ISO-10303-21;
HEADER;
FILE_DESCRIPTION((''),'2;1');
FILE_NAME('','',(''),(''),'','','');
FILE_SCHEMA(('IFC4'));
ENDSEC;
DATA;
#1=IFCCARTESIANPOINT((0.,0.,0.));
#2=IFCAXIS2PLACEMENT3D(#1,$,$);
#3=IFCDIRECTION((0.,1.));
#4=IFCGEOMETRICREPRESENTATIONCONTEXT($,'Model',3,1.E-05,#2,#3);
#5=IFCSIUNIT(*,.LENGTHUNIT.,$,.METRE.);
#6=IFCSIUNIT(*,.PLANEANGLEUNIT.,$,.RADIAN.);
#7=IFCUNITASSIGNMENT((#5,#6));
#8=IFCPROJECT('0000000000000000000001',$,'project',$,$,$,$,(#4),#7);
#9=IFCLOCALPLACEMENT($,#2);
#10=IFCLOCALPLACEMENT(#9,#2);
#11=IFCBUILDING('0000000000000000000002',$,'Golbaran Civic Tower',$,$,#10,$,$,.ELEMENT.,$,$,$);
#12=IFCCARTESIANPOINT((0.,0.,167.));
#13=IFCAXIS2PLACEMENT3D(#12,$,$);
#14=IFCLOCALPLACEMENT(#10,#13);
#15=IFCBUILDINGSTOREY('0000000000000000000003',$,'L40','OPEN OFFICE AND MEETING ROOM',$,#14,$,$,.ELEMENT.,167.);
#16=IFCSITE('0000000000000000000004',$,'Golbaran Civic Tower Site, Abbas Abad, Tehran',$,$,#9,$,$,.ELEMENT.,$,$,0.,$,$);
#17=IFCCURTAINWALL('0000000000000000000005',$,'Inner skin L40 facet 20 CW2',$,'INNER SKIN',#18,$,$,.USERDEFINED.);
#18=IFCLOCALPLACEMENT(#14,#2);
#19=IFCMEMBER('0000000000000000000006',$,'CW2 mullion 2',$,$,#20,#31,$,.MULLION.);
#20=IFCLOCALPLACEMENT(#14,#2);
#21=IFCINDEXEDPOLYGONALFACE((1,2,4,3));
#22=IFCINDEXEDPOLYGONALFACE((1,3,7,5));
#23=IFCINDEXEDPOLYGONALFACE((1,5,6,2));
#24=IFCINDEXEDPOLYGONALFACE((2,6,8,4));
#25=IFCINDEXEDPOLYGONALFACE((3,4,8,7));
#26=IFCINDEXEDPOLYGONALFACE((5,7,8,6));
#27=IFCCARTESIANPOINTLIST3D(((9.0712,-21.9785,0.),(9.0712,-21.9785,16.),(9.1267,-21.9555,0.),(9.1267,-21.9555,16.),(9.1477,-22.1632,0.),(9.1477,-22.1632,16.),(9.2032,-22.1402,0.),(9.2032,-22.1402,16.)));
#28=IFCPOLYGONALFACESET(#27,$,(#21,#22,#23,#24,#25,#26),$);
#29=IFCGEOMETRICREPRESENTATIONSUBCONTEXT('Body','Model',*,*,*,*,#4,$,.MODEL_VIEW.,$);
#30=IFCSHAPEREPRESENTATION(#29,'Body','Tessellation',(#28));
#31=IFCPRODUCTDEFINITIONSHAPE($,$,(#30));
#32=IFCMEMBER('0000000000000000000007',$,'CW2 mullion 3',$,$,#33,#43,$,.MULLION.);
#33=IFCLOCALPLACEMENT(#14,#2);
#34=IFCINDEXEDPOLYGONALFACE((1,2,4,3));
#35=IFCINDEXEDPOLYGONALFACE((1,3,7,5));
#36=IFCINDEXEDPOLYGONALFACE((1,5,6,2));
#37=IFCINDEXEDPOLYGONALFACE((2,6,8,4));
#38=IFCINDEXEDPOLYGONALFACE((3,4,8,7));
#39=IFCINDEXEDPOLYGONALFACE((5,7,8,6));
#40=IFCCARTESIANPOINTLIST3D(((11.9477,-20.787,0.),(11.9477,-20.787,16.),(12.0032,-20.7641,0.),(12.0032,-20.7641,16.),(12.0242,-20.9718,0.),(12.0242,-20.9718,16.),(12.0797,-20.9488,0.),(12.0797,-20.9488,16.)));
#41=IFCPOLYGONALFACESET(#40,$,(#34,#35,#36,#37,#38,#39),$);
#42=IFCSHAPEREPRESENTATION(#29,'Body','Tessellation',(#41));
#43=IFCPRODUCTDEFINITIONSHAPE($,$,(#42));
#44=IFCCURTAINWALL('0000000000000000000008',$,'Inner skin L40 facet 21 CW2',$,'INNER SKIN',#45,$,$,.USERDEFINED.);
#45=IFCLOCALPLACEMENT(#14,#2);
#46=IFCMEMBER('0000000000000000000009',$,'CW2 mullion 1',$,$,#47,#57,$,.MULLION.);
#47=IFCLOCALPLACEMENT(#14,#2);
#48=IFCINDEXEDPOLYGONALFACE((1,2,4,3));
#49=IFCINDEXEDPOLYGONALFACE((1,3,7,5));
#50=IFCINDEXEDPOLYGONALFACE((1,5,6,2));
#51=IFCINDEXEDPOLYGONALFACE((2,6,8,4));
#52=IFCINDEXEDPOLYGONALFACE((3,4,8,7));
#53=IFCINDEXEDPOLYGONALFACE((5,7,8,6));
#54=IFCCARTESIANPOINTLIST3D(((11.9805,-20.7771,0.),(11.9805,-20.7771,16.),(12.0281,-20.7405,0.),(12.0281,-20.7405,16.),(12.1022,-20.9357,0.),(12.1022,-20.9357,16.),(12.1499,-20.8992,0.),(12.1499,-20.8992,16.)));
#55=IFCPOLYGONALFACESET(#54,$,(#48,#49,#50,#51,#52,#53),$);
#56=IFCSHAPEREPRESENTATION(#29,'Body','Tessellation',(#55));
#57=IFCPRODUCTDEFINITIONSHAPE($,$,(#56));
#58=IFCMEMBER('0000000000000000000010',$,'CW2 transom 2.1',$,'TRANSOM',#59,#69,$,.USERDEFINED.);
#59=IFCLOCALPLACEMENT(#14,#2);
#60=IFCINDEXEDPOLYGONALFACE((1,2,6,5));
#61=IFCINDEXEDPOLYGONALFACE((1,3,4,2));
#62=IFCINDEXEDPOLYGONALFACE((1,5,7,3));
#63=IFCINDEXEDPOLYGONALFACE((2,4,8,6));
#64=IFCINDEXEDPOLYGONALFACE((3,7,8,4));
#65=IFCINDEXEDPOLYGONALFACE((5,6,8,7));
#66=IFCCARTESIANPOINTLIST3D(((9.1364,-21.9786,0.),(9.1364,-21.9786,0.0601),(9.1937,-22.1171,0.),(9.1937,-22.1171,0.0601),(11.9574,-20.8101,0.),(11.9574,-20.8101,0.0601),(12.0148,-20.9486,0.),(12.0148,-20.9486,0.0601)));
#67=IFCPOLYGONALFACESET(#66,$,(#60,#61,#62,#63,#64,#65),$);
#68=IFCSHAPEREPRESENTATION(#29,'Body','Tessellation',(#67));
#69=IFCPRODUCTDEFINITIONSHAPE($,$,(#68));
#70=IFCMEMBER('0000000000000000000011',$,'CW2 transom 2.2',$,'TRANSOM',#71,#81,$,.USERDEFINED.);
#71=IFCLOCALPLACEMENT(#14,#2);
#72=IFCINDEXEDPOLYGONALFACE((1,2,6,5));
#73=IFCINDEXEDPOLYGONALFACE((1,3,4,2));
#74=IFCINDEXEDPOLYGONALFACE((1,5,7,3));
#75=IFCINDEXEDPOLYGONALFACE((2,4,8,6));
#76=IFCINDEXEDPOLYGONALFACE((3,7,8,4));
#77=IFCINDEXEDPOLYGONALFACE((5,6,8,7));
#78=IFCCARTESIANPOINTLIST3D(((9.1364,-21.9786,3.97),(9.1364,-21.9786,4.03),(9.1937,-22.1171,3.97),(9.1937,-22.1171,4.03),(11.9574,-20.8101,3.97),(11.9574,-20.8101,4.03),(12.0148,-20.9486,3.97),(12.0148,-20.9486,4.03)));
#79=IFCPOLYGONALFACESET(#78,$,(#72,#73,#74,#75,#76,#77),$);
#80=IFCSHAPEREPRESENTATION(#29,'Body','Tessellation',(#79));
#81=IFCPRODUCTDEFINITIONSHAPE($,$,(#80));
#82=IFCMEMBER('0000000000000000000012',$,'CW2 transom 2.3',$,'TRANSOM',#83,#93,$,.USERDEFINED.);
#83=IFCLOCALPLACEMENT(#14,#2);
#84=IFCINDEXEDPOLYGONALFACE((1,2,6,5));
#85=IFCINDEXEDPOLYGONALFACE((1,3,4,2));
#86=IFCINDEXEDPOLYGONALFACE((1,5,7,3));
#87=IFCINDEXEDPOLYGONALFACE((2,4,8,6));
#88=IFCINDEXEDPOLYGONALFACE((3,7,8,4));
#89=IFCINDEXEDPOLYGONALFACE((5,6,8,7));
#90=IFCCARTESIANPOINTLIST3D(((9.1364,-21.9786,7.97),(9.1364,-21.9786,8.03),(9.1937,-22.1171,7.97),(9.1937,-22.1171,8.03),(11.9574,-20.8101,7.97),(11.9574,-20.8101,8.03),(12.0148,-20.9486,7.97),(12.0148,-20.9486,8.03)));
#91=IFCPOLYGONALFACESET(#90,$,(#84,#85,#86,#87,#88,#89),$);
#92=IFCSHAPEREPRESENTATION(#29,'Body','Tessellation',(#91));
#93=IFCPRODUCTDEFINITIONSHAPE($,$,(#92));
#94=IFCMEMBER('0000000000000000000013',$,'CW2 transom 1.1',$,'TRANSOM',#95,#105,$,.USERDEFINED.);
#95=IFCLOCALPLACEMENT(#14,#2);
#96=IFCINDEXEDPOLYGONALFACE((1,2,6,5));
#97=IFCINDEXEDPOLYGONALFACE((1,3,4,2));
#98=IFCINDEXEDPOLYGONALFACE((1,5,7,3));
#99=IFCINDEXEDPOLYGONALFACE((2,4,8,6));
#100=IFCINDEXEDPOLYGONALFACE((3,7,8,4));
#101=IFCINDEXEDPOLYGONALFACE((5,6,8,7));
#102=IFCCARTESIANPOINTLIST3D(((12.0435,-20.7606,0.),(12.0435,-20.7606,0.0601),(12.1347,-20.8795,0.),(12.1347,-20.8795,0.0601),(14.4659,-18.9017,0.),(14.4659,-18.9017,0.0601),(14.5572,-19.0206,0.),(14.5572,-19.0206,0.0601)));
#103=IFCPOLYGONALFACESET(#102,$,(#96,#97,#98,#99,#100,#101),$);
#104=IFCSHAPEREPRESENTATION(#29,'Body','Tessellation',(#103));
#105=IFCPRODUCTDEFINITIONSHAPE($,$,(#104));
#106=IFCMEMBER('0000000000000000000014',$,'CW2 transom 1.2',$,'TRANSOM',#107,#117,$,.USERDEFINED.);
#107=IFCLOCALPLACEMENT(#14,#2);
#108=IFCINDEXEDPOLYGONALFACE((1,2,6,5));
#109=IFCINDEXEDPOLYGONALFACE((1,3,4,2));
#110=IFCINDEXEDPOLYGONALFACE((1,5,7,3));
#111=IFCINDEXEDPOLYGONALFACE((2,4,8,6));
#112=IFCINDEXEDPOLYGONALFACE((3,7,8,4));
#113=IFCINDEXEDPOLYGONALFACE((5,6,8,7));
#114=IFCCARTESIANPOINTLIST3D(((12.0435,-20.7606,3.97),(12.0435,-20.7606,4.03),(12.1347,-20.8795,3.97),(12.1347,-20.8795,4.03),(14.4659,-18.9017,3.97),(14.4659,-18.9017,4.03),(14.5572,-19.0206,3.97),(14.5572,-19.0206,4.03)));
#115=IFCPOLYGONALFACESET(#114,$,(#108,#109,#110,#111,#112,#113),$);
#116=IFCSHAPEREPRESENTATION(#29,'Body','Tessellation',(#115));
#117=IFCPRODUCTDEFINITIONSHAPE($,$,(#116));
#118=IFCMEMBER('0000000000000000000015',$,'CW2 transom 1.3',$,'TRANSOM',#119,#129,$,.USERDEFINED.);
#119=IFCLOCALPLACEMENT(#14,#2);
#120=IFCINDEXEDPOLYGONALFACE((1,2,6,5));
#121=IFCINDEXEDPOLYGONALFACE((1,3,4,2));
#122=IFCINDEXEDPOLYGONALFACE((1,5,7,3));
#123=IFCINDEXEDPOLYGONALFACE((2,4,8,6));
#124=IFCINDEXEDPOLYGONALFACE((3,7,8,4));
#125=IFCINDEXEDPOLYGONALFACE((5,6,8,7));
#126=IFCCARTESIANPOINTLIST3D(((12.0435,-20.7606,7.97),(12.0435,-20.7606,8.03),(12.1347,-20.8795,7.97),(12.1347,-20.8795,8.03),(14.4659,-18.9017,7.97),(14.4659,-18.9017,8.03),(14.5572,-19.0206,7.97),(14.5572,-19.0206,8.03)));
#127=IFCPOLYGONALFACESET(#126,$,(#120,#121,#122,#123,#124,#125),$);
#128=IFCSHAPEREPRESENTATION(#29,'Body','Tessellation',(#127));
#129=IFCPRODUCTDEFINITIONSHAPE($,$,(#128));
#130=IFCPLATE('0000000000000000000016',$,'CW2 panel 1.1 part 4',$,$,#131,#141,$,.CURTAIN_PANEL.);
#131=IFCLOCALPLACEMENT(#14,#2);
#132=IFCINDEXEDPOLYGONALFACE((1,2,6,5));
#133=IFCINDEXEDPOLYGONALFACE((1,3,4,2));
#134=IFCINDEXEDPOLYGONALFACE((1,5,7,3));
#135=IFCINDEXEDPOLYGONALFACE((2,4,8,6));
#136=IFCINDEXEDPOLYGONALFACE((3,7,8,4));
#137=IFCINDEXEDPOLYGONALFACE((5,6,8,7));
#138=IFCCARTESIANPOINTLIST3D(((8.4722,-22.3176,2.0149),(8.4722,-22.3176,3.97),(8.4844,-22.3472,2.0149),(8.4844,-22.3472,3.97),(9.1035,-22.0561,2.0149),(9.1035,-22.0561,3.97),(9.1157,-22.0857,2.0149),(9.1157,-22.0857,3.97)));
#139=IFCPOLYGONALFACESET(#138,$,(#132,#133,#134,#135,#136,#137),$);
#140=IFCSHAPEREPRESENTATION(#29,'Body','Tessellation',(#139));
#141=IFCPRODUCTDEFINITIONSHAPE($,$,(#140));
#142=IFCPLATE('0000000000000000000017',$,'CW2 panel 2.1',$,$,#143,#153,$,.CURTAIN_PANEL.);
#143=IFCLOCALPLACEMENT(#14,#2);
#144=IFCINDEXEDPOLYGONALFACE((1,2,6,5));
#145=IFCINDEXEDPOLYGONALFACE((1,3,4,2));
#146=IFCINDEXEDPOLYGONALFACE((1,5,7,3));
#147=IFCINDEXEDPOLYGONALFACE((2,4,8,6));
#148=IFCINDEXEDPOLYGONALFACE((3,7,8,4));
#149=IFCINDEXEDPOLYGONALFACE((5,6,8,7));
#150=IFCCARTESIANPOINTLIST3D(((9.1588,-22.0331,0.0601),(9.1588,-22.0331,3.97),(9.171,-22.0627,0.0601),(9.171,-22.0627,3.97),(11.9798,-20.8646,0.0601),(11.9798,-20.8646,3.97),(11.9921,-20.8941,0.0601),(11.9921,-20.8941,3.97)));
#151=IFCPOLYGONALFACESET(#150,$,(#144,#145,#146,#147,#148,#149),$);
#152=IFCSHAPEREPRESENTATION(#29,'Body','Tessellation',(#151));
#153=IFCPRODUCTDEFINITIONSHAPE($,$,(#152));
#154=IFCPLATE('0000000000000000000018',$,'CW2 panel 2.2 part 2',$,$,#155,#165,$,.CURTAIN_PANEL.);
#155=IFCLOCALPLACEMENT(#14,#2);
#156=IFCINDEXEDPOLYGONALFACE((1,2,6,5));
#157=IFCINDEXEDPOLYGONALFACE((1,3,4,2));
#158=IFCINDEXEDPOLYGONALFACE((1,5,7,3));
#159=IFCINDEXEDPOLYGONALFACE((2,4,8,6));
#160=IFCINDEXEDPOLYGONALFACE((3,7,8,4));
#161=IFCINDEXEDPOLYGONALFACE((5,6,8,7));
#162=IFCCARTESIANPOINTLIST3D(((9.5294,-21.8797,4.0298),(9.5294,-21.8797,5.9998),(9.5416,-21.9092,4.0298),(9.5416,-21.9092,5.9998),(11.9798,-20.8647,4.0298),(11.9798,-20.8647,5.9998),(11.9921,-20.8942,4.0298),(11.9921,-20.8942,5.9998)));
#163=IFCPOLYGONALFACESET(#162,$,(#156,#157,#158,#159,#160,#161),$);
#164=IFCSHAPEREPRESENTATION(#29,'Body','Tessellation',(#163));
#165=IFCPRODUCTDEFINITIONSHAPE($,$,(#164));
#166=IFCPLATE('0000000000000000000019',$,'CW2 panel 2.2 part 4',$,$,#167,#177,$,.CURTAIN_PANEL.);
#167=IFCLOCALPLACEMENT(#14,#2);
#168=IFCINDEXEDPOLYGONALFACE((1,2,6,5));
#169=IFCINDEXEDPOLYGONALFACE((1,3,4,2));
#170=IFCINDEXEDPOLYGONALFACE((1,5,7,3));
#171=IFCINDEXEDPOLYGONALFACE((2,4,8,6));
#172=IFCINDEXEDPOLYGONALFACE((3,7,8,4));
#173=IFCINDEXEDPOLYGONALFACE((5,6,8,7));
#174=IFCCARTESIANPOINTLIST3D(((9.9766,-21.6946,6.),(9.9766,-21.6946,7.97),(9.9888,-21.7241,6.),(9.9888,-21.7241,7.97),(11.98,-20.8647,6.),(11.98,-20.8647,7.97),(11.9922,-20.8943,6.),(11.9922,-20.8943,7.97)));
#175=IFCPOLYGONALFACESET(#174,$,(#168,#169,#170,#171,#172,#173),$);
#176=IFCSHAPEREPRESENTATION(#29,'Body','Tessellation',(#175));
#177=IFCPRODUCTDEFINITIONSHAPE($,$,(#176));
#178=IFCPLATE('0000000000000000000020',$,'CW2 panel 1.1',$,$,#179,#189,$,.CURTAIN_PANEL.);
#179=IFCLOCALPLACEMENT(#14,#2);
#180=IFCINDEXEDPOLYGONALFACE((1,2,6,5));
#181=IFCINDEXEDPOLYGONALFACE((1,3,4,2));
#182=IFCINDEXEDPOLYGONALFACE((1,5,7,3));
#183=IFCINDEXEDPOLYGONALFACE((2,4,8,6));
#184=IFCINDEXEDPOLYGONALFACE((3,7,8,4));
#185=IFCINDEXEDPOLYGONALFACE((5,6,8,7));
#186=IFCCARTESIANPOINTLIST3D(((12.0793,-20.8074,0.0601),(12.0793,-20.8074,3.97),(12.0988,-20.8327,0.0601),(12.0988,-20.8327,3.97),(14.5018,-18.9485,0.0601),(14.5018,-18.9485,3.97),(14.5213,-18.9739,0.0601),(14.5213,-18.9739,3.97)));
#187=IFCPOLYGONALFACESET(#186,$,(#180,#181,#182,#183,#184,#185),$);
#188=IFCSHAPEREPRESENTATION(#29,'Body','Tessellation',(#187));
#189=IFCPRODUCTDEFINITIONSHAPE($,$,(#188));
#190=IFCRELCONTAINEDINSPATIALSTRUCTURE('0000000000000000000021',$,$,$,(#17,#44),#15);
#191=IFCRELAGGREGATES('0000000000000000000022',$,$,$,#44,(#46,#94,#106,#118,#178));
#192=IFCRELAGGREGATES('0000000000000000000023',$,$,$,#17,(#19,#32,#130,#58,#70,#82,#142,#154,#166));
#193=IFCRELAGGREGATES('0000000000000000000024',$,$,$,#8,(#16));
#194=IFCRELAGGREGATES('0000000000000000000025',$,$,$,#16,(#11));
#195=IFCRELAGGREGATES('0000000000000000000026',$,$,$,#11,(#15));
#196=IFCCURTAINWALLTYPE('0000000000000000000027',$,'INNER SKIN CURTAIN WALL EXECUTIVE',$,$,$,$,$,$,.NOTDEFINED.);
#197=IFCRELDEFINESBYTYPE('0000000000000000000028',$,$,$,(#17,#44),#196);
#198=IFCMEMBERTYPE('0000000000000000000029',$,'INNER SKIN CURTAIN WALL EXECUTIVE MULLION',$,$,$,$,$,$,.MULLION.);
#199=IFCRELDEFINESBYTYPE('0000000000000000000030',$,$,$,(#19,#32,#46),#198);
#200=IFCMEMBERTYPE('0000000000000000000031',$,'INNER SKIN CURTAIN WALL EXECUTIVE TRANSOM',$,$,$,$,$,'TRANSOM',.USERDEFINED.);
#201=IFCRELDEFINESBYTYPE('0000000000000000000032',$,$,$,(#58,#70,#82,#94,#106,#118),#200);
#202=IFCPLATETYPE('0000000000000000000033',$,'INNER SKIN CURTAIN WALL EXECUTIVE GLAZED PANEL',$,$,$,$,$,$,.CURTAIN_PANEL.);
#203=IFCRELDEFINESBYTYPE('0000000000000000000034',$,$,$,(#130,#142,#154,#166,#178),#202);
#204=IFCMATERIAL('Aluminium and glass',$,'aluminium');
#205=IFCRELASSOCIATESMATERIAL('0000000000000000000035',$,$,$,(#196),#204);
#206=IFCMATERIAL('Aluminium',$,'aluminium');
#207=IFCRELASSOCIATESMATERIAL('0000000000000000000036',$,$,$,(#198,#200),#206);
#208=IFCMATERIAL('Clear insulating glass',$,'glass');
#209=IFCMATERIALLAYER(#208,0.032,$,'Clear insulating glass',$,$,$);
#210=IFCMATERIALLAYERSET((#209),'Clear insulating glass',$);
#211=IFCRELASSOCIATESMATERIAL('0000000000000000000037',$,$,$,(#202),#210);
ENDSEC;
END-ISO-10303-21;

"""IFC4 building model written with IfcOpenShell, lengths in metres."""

from ifc_helpers import new_model, si_unit, direction, frame, origin, origin_2d, place, context, subcontext, project, spatial, rectangle, extrude, material, layer, layer_set, material_profile, profile_set, type_object, element, aggregate, save


model = new_model("IFC4")

# Units and contexts
model_context = context("Model", 3, precision=1e-05, world=origin(), true_north=direction((0.0, 1.0)))
body_context = subcontext(model_context, "Body", "Model", "MODEL_VIEW")
ifc_project = project(units=[si_unit("LENGTHUNIT", "METRE"), si_unit("PLANEANGLEUNIT", "RADIAN")], contexts=[model_context])

# Site, building, storey
site_placement = place(None, origin())
site = spatial("IfcSite", under=ifc_project, at=site_placement, Name="Golbaran Civic Tower Site, Abbas Abad, Tehran", CompositionType="ELEMENT", RefElevation=0.0)
building_placement = place(site_placement, origin())
building = spatial("IfcBuilding", under=site, at=building_placement, Name="Golbaran Civic Tower", CompositionType="ELEMENT")
storey_placement = place(building_placement, frame((0.0, 0.0, 167.0)))
storey = spatial("IfcBuildingStorey", under=building, at=storey_placement, Name="L40", Description="OPEN OFFICE AND MEETING ROOM", CompositionType="ELEMENT", Elevation=167.0)

# Curtain wall, members
ifc_material_1 = material(Name="Aluminium and glass", Category="aluminium")
curtain_wall_type_1 = type_object("IfcCurtainWallType", Name="INNER SKIN CURTAIN WALL EXECUTIVE", PredefinedType="NOTDEFINED", material=ifc_material_1)
curtain_wall_1_placement = place(storey_placement, origin())
curtain_wall_1 = element("IfcCurtainWall", 1, at=curtain_wall_1_placement, inside=storey, type_object=curtain_wall_type_1, Name="Inner skin L40 facet 20 CW2", ObjectType="INNER SKIN", PredefinedType="USERDEFINED")
ifc_material_2 = material(Name="Aluminium", Category="aluminium")
ifc_material_profile_1 = material_profile(ifc_material_2, rectangle(XDim=0.2, YDim=0.0601, at=origin_2d()), Name="INNER SKIN CURTAIN WALL EXECUTIVE MULLION")
ifc_profile_set_1 = profile_set([ifc_material_profile_1], Name="Aluminium")
member_type_1 = type_object("IfcMemberType", Name="INNER SKIN CURTAIN WALL EXECUTIVE MULLION", PredefinedType="MULLION", material=ifc_profile_set_1)
member_1_placement = place(storey_placement, frame((9.1372, -22.0593, 0.0), z_axis=(0.0, 0.0, 1.0), x_axis=(-0.382683, 0.92388, 0.0)))
member_1 = element("IfcMember", 2, at=member_1_placement, type_object=member_type_1, Name="CW2 mullion 2", PredefinedType="MULLION", context=body_context, shape_type="SweptSolid", body=[
    extrude(rectangle(XDim=0.2, YDim=0.0601, at=origin_2d()), origin(), (0.0, 0.0, 1.0), 16.0),
])
member_2_placement = place(storey_placement, frame((12.0137, -20.8679, 0.0), z_axis=(0.0, 0.0, 1.0), x_axis=(-0.382683, 0.92388, 0.0)))
member_2 = element("IfcMember", 3, at=member_2_placement, type_object=member_type_1, Name="CW2 mullion 3", PredefinedType="MULLION", context=body_context, shape_type="SweptSolid", body=[
    extrude(rectangle(XDim=0.2, YDim=0.0601, at=origin_2d()), origin(), (0.0, 0.0, 1.0), 16.0),
])

# Curtain wall, member
curtain_wall_2_placement = place(storey_placement, origin())
curtain_wall_2 = element("IfcCurtainWall", 4, at=curtain_wall_2_placement, inside=storey, type_object=curtain_wall_type_1, Name="Inner skin L40 facet 21 CW2", ObjectType="INNER SKIN", PredefinedType="USERDEFINED")
member_3_placement = place(storey_placement, frame((12.0652, -20.8381, 0.0), z_axis=(0.0, 0.0, 1.0), x_axis=(-0.608761, 0.793353, 0.0)))
member_3 = element("IfcMember", 5, at=member_3_placement, type_object=member_type_1, Name="CW2 mullion 1", PredefinedType="MULLION", context=body_context, shape_type="SweptSolid", body=[
    extrude(rectangle(XDim=0.2, YDim=0.0601, at=origin_2d()), origin(), (0.0, 0.0, 1.0), 16.0),
])

# Members
ifc_material_profile_2 = material_profile(ifc_material_2, rectangle(XDim=0.1499, YDim=0.0601, at=origin_2d()), Name="INNER SKIN CURTAIN WALL EXECUTIVE TRANSOM")
ifc_profile_set_2 = profile_set([ifc_material_profile_2], Name="Aluminium")
member_type_2 = type_object("IfcMemberType", Name="INNER SKIN CURTAIN WALL EXECUTIVE TRANSOM", ElementType="TRANSOM", PredefinedType="USERDEFINED", material=ifc_profile_set_2)
member_4_placement = place(storey_placement, frame((9.165, -22.0479, 0.03), z_axis=(0.923886, 0.382667, 0.0), x_axis=(-0.382667, 0.923886, 0.0)))
member_4 = element("IfcMember", 6, at=member_4_placement, type_object=member_type_2, Name="CW2 transom 2.1", ObjectType="TRANSOM", PredefinedType="USERDEFINED", context=body_context, shape_type="SweptSolid", body=[
    extrude(rectangle(XDim=0.1499, YDim=0.0601, at=origin_2d()), origin(), (0.0, 0.0, 1.0), 3.0535),
])
member_5_placement = place(storey_placement, frame((9.165, -22.0479, 4.0), z_axis=(0.923886, 0.382667, 0.0), x_axis=(-0.382667, 0.923886, 0.0)))
member_5 = element("IfcMember", 7, at=member_5_placement, type_object=member_type_2, Name="CW2 transom 2.2", ObjectType="TRANSOM", PredefinedType="USERDEFINED", context=body_context, shape_type="SweptSolid", body=[
    extrude(rectangle(XDim=0.1499, YDim=0.0601, at=origin_2d()), origin(), (0.0, 0.0, 1.0), 3.0535),
])
member_6_placement = place(storey_placement, frame((9.165, -22.0479, 8.0), z_axis=(0.923886, 0.382667, 0.0), x_axis=(-0.382667, 0.923886, 0.0)))
member_6 = element("IfcMember", 8, at=member_6_placement, type_object=member_type_2, Name="CW2 transom 2.3", ObjectType="TRANSOM", PredefinedType="USERDEFINED", context=body_context, shape_type="SweptSolid", body=[
    extrude(rectangle(XDim=0.1499, YDim=0.0601, at=origin_2d()), origin(), (0.0, 0.0, 1.0), 3.0535),
])
member_7_placement = place(storey_placement, frame((12.0891, -20.8201, 0.03), z_axis=(0.793331, 0.608791, 0.0), x_axis=(-0.608791, 0.793331, 0.0)))
member_7 = element("IfcMember", 9, at=member_7_placement, type_object=member_type_2, Name="CW2 transom 1.1", ObjectType="TRANSOM", PredefinedType="USERDEFINED", context=body_context, shape_type="SweptSolid", body=[
    extrude(rectangle(XDim=0.1499, YDim=0.0601, at=origin_2d()), origin(), (0.0, 0.0, 1.0), 3.0535),
])
member_8_placement = place(storey_placement, frame((12.0891, -20.8201, 4.0), z_axis=(0.793331, 0.608791, 0.0), x_axis=(-0.608791, 0.793331, 0.0)))
member_8 = element("IfcMember", 10, at=member_8_placement, type_object=member_type_2, Name="CW2 transom 1.2", ObjectType="TRANSOM", PredefinedType="USERDEFINED", context=body_context, shape_type="SweptSolid", body=[
    extrude(rectangle(XDim=0.1499, YDim=0.0601, at=origin_2d()), origin(), (0.0, 0.0, 1.0), 3.0535),
])
member_9_placement = place(storey_placement, frame((12.0891, -20.8201, 8.0), z_axis=(0.793331, 0.608791, 0.0), x_axis=(-0.608791, 0.793331, 0.0)))
member_9 = element("IfcMember", 11, at=member_9_placement, type_object=member_type_2, Name="CW2 transom 1.3", ObjectType="TRANSOM", PredefinedType="USERDEFINED", context=body_context, shape_type="SweptSolid", body=[
    extrude(rectangle(XDim=0.1499, YDim=0.0601, at=origin_2d()), origin(), (0.0, 0.0, 1.0), 3.0535),
])

# Plates
ifc_material_3 = material(Name="Clear insulating glass", Category="glass")
ifc_layer_1 = layer(ifc_material_3, 0.032, Name="Clear insulating glass")
ifc_layer_set_1 = layer_set([ifc_layer_1], Name="Clear insulating glass")
plate_type_1 = type_object("IfcPlateType", Name="INNER SKIN CURTAIN WALL EXECUTIVE GLAZED PANEL", PredefinedType="CURTAIN_PANEL", material=ifc_layer_set_1)
plate_1_placement = place(storey_placement, frame((8.7939, -22.2017, 2.0149), z_axis=(0.0, 0.0, 1.0), x_axis=(0.92388, 0.382683, 0.0)))
plate_1 = element("IfcPlate", 12, at=plate_1_placement, type_object=plate_type_1, Name="CW2 panel 1.1 part 4", PredefinedType="CURTAIN_PANEL", context=body_context, shape_type="SweptSolid", body=[
    extrude(rectangle(XDim=0.6833, YDim=0.032, at=origin_2d()), origin(), (0.0, 0.0, 1.0), 1.9551),
])
plate_2_placement = place(storey_placement, frame((10.5754, -21.4636, 0.0601), z_axis=(0.0, 0.0, 1.0), x_axis=(0.92388, 0.382683, 0.0)))
plate_2 = element("IfcPlate", 13, at=plate_2_placement, type_object=plate_type_1, Name="CW2 panel 2.1", PredefinedType="CURTAIN_PANEL", context=body_context, shape_type="SweptSolid", body=[
    extrude(rectangle(XDim=3.0535, YDim=0.032, at=origin_2d()), origin(), (0.0, 0.0, 1.0), 3.9099),
])
plate_3_placement = place(storey_placement, frame((10.7607, -21.387, 4.0298), z_axis=(0.0, 0.0, 1.0), x_axis=(0.92388, 0.382683, 0.0)))
plate_3 = element("IfcPlate", 14, at=plate_3_placement, type_object=plate_type_1, Name="CW2 panel 2.2 part 2", PredefinedType="CURTAIN_PANEL", context=body_context, shape_type="SweptSolid", body=[
    extrude(rectangle(XDim=2.6523, YDim=0.032, at=origin_2d()), origin(), (0.0, 0.0, 1.0), 1.97),
])
plate_4_placement = place(storey_placement, frame((10.9844, -21.2944, 6.0), z_axis=(0.0, 0.0, 1.0), x_axis=(0.92388, 0.382683, 0.0)))
plate_4 = element("IfcPlate", 15, at=plate_4_placement, type_object=plate_type_1, Name="CW2 panel 2.2 part 4", PredefinedType="CURTAIN_PANEL", context=body_context, shape_type="SweptSolid", body=[
    extrude(rectangle(XDim=2.1685, YDim=0.032, at=origin_2d()), origin(), (0.0, 0.0, 1.0), 1.97),
])
plate_5_placement = place(storey_placement, frame((13.3003, -19.8906, 0.0601), z_axis=(0.0, 0.0, 1.0), x_axis=(0.793353, 0.608761, 0.0)))
plate_5 = element("IfcPlate", 16, at=plate_5_placement, type_object=plate_type_1, Name="CW2 panel 1.1", PredefinedType="CURTAIN_PANEL", context=body_context, shape_type="SweptSolid", body=[
    extrude(rectangle(XDim=3.0535, YDim=0.032, at=origin_2d()), origin(), (0.0, 0.0, 1.0), 3.9099),
])
aggregate(curtain_wall_2, [member_3, member_7, member_8, member_9, plate_5])
aggregate(curtain_wall_1, [member_1, member_2, plate_1, member_4, member_5, member_6, plate_2, plate_3, plate_4])

save(model, "model.ifc")
